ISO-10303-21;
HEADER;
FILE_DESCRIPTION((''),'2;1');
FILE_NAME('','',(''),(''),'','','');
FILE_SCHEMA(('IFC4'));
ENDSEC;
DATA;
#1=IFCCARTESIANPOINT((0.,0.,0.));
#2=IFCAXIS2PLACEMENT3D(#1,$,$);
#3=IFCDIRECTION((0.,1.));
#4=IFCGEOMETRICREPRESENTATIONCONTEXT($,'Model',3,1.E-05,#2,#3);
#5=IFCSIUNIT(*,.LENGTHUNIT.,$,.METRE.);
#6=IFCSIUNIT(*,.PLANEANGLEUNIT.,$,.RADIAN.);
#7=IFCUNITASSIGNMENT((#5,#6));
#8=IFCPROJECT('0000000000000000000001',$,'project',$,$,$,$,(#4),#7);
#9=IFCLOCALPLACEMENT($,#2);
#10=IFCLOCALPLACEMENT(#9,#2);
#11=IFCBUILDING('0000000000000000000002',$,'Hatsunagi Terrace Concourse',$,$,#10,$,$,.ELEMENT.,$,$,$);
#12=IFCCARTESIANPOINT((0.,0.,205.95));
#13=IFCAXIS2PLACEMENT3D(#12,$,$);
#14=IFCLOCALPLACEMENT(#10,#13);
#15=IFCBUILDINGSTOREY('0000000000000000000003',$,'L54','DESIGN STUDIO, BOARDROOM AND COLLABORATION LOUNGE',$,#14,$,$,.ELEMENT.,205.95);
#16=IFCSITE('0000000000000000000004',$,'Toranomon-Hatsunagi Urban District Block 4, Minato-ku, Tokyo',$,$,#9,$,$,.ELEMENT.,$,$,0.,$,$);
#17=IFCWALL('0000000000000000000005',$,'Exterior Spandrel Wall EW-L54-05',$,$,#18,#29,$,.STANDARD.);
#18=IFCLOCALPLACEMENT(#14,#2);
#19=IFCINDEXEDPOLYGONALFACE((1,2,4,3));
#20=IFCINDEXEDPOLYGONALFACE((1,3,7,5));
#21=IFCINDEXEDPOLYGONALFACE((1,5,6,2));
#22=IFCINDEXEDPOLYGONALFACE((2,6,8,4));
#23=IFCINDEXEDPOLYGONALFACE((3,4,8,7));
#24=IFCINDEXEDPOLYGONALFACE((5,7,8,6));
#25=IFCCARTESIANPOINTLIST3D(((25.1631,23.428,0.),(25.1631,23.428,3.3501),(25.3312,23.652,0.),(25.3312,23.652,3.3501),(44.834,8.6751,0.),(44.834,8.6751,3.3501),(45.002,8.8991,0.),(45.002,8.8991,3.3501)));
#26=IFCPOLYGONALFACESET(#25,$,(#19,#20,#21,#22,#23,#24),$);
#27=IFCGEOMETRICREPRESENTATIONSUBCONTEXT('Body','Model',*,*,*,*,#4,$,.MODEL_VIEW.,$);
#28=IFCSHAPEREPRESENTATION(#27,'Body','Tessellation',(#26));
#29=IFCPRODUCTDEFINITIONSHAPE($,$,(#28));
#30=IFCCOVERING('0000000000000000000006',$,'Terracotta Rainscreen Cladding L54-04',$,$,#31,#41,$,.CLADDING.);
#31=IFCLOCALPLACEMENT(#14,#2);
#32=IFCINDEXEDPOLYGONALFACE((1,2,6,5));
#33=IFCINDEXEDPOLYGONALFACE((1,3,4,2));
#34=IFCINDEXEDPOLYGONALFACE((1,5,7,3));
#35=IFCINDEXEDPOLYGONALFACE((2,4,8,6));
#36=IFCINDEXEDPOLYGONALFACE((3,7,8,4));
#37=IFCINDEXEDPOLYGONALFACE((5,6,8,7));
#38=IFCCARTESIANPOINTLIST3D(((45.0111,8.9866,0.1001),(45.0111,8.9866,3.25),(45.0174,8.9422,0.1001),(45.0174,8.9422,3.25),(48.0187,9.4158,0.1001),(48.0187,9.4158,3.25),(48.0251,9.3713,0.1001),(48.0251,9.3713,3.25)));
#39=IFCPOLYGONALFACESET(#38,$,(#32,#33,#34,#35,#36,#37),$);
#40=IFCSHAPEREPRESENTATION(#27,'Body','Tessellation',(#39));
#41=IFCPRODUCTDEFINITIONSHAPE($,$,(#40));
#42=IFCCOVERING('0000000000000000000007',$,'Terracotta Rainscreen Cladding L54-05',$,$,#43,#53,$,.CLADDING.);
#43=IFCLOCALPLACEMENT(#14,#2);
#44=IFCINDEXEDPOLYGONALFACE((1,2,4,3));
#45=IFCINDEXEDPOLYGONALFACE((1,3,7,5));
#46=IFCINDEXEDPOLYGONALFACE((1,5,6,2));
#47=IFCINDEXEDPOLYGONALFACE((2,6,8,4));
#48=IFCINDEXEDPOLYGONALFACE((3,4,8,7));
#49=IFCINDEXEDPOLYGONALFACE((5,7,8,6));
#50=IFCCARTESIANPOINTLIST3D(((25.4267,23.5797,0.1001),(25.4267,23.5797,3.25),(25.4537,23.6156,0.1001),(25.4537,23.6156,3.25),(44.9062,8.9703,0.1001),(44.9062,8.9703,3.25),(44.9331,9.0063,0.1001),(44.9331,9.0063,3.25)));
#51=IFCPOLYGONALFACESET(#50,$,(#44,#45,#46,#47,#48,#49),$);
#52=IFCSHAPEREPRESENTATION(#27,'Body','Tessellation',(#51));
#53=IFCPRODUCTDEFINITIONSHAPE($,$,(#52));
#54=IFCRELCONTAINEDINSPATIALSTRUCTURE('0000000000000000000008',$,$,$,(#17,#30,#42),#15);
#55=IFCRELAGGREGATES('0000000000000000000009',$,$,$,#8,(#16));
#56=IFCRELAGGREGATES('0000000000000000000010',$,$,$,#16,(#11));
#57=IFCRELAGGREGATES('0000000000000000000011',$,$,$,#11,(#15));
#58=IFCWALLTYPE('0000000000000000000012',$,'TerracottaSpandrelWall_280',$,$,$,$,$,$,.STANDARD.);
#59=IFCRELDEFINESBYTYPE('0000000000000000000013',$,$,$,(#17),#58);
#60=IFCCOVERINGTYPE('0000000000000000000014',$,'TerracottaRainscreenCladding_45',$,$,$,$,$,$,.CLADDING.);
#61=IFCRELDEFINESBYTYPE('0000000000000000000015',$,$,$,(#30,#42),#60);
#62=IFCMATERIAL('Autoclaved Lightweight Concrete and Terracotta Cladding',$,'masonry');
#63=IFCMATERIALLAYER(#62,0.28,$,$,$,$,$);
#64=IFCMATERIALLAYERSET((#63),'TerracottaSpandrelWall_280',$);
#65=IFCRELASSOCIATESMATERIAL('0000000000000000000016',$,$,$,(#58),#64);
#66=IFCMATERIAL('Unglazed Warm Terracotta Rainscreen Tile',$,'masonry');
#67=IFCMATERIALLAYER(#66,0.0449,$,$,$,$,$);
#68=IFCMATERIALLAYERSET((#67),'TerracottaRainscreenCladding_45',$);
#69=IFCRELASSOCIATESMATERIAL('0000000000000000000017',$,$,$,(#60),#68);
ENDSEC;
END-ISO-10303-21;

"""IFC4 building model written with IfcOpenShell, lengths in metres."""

from ifc_helpers import new_model, si_unit, direction, frame, frame_2d, origin, origin_2d, place, context, subcontext, project, spatial, rectangle, extrude, material, layer, layer_set, type_object, element, save


model = new_model("IFC4")

# Units and contexts
model_context = context("Model", 3, precision=1e-05, world=origin(), true_north=direction((0.0, 1.0)))
body_context = subcontext(model_context, "Body", "Model", "MODEL_VIEW")
ifc_project = project(units=[si_unit("LENGTHUNIT", "METRE"), si_unit("PLANEANGLEUNIT", "RADIAN")], contexts=[model_context])

# Site, building, storey
site_placement = place(None, origin())
site = spatial("IfcSite", under=ifc_project, at=site_placement, Name="Toranomon-Hatsunagi Urban District Block 4, Minato-ku, Tokyo", CompositionType="ELEMENT", RefElevation=0.0)
building_placement = place(site_placement, origin())
building = spatial("IfcBuilding", under=site, at=building_placement, Name="Hatsunagi Terrace Concourse", CompositionType="ELEMENT")
storey_placement = place(building_placement, frame((0.0, 0.0, 205.95)))
storey = spatial("IfcBuildingStorey", under=building, at=storey_placement, Name="L54", Description="DESIGN STUDIO, BOARDROOM AND COLLABORATION LOUNGE", CompositionType="ELEMENT", Elevation=205.95)

# Wall
ifc_material_1 = material(Name="Autoclaved Lightweight Concrete and Terracotta Cladding", Category="masonry")
ifc_layer_1 = layer(ifc_material_1, 0.28)
ifc_layer_set_1 = layer_set([ifc_layer_1], Name="TerracottaSpandrelWall_280")
wall_type_1 = type_object("IfcWallType", Name="TerracottaSpandrelWall_280", PredefinedType="STANDARD", material=ifc_layer_set_1)
wall_1_placement = place(storey_placement, frame((44.918, 8.7871, 0.0), z_axis=(0.0, 0.0, 1.0), x_axis=(-0.800005, 0.599994, 0.0)))
element("IfcWall", 1, at=wall_1_placement, inside=storey, type_object=wall_type_1, Name="Exterior Spandrel Wall EW-L54-05", PredefinedType="STANDARD", context=body_context, shape_type="SweptSolid", body=[
    extrude(rectangle(XDim=24.5884, YDim=0.28, at=frame_2d((12.2942, 0.0))), origin(), (0.0, 0.0, 1.0), 3.3501),
])

# Coverings
ifc_material_2 = material(Name="Unglazed Warm Terracotta Rainscreen Tile", Category="masonry")
ifc_layer_2 = layer(ifc_material_2, 0.0449)
ifc_layer_set_2 = layer_set([ifc_layer_2], Name="TerracottaRainscreenCladding_45")
covering_type = type_object("IfcCoveringType", Name="TerracottaRainscreenCladding_45", PredefinedType="CLADDING", material=ifc_layer_set_2)
covering_1_placement = place(storey_placement, frame((46.5181, 9.179, 0.1001), z_axis=(0.0, 0.0, 1.0), x_axis=(-0.989974, -0.14125, 0.0)))
element("IfcCovering", 2, at=covering_1_placement, inside=storey, type_object=covering_type, Name="Terracotta Rainscreen Cladding L54-04", PredefinedType="CLADDING", context=body_context, shape_type="SweptSolid", body=[
    extrude(rectangle(XDim=3.0381, YDim=0.0449, at=origin_2d()), origin(), (0.0, 0.0, 1.0), 3.1499),
])
covering_2_placement = place(storey_placement, frame((35.1799, 16.293, 0.1001), z_axis=(0.0, 0.0, 1.0), x_axis=(-0.800005, 0.599993, 0.0)))
element("IfcCovering", 3, at=covering_2_placement, inside=storey, type_object=covering_type, Name="Terracotta Rainscreen Cladding L54-05", PredefinedType="CLADDING", context=body_context, shape_type="SweptSolid", body=[
    extrude(rectangle(XDim=24.3491, YDim=0.0449, at=origin_2d()), origin(), (0.0, 0.0, 1.0), 3.1499),
])

save(model, "model.ifc")
